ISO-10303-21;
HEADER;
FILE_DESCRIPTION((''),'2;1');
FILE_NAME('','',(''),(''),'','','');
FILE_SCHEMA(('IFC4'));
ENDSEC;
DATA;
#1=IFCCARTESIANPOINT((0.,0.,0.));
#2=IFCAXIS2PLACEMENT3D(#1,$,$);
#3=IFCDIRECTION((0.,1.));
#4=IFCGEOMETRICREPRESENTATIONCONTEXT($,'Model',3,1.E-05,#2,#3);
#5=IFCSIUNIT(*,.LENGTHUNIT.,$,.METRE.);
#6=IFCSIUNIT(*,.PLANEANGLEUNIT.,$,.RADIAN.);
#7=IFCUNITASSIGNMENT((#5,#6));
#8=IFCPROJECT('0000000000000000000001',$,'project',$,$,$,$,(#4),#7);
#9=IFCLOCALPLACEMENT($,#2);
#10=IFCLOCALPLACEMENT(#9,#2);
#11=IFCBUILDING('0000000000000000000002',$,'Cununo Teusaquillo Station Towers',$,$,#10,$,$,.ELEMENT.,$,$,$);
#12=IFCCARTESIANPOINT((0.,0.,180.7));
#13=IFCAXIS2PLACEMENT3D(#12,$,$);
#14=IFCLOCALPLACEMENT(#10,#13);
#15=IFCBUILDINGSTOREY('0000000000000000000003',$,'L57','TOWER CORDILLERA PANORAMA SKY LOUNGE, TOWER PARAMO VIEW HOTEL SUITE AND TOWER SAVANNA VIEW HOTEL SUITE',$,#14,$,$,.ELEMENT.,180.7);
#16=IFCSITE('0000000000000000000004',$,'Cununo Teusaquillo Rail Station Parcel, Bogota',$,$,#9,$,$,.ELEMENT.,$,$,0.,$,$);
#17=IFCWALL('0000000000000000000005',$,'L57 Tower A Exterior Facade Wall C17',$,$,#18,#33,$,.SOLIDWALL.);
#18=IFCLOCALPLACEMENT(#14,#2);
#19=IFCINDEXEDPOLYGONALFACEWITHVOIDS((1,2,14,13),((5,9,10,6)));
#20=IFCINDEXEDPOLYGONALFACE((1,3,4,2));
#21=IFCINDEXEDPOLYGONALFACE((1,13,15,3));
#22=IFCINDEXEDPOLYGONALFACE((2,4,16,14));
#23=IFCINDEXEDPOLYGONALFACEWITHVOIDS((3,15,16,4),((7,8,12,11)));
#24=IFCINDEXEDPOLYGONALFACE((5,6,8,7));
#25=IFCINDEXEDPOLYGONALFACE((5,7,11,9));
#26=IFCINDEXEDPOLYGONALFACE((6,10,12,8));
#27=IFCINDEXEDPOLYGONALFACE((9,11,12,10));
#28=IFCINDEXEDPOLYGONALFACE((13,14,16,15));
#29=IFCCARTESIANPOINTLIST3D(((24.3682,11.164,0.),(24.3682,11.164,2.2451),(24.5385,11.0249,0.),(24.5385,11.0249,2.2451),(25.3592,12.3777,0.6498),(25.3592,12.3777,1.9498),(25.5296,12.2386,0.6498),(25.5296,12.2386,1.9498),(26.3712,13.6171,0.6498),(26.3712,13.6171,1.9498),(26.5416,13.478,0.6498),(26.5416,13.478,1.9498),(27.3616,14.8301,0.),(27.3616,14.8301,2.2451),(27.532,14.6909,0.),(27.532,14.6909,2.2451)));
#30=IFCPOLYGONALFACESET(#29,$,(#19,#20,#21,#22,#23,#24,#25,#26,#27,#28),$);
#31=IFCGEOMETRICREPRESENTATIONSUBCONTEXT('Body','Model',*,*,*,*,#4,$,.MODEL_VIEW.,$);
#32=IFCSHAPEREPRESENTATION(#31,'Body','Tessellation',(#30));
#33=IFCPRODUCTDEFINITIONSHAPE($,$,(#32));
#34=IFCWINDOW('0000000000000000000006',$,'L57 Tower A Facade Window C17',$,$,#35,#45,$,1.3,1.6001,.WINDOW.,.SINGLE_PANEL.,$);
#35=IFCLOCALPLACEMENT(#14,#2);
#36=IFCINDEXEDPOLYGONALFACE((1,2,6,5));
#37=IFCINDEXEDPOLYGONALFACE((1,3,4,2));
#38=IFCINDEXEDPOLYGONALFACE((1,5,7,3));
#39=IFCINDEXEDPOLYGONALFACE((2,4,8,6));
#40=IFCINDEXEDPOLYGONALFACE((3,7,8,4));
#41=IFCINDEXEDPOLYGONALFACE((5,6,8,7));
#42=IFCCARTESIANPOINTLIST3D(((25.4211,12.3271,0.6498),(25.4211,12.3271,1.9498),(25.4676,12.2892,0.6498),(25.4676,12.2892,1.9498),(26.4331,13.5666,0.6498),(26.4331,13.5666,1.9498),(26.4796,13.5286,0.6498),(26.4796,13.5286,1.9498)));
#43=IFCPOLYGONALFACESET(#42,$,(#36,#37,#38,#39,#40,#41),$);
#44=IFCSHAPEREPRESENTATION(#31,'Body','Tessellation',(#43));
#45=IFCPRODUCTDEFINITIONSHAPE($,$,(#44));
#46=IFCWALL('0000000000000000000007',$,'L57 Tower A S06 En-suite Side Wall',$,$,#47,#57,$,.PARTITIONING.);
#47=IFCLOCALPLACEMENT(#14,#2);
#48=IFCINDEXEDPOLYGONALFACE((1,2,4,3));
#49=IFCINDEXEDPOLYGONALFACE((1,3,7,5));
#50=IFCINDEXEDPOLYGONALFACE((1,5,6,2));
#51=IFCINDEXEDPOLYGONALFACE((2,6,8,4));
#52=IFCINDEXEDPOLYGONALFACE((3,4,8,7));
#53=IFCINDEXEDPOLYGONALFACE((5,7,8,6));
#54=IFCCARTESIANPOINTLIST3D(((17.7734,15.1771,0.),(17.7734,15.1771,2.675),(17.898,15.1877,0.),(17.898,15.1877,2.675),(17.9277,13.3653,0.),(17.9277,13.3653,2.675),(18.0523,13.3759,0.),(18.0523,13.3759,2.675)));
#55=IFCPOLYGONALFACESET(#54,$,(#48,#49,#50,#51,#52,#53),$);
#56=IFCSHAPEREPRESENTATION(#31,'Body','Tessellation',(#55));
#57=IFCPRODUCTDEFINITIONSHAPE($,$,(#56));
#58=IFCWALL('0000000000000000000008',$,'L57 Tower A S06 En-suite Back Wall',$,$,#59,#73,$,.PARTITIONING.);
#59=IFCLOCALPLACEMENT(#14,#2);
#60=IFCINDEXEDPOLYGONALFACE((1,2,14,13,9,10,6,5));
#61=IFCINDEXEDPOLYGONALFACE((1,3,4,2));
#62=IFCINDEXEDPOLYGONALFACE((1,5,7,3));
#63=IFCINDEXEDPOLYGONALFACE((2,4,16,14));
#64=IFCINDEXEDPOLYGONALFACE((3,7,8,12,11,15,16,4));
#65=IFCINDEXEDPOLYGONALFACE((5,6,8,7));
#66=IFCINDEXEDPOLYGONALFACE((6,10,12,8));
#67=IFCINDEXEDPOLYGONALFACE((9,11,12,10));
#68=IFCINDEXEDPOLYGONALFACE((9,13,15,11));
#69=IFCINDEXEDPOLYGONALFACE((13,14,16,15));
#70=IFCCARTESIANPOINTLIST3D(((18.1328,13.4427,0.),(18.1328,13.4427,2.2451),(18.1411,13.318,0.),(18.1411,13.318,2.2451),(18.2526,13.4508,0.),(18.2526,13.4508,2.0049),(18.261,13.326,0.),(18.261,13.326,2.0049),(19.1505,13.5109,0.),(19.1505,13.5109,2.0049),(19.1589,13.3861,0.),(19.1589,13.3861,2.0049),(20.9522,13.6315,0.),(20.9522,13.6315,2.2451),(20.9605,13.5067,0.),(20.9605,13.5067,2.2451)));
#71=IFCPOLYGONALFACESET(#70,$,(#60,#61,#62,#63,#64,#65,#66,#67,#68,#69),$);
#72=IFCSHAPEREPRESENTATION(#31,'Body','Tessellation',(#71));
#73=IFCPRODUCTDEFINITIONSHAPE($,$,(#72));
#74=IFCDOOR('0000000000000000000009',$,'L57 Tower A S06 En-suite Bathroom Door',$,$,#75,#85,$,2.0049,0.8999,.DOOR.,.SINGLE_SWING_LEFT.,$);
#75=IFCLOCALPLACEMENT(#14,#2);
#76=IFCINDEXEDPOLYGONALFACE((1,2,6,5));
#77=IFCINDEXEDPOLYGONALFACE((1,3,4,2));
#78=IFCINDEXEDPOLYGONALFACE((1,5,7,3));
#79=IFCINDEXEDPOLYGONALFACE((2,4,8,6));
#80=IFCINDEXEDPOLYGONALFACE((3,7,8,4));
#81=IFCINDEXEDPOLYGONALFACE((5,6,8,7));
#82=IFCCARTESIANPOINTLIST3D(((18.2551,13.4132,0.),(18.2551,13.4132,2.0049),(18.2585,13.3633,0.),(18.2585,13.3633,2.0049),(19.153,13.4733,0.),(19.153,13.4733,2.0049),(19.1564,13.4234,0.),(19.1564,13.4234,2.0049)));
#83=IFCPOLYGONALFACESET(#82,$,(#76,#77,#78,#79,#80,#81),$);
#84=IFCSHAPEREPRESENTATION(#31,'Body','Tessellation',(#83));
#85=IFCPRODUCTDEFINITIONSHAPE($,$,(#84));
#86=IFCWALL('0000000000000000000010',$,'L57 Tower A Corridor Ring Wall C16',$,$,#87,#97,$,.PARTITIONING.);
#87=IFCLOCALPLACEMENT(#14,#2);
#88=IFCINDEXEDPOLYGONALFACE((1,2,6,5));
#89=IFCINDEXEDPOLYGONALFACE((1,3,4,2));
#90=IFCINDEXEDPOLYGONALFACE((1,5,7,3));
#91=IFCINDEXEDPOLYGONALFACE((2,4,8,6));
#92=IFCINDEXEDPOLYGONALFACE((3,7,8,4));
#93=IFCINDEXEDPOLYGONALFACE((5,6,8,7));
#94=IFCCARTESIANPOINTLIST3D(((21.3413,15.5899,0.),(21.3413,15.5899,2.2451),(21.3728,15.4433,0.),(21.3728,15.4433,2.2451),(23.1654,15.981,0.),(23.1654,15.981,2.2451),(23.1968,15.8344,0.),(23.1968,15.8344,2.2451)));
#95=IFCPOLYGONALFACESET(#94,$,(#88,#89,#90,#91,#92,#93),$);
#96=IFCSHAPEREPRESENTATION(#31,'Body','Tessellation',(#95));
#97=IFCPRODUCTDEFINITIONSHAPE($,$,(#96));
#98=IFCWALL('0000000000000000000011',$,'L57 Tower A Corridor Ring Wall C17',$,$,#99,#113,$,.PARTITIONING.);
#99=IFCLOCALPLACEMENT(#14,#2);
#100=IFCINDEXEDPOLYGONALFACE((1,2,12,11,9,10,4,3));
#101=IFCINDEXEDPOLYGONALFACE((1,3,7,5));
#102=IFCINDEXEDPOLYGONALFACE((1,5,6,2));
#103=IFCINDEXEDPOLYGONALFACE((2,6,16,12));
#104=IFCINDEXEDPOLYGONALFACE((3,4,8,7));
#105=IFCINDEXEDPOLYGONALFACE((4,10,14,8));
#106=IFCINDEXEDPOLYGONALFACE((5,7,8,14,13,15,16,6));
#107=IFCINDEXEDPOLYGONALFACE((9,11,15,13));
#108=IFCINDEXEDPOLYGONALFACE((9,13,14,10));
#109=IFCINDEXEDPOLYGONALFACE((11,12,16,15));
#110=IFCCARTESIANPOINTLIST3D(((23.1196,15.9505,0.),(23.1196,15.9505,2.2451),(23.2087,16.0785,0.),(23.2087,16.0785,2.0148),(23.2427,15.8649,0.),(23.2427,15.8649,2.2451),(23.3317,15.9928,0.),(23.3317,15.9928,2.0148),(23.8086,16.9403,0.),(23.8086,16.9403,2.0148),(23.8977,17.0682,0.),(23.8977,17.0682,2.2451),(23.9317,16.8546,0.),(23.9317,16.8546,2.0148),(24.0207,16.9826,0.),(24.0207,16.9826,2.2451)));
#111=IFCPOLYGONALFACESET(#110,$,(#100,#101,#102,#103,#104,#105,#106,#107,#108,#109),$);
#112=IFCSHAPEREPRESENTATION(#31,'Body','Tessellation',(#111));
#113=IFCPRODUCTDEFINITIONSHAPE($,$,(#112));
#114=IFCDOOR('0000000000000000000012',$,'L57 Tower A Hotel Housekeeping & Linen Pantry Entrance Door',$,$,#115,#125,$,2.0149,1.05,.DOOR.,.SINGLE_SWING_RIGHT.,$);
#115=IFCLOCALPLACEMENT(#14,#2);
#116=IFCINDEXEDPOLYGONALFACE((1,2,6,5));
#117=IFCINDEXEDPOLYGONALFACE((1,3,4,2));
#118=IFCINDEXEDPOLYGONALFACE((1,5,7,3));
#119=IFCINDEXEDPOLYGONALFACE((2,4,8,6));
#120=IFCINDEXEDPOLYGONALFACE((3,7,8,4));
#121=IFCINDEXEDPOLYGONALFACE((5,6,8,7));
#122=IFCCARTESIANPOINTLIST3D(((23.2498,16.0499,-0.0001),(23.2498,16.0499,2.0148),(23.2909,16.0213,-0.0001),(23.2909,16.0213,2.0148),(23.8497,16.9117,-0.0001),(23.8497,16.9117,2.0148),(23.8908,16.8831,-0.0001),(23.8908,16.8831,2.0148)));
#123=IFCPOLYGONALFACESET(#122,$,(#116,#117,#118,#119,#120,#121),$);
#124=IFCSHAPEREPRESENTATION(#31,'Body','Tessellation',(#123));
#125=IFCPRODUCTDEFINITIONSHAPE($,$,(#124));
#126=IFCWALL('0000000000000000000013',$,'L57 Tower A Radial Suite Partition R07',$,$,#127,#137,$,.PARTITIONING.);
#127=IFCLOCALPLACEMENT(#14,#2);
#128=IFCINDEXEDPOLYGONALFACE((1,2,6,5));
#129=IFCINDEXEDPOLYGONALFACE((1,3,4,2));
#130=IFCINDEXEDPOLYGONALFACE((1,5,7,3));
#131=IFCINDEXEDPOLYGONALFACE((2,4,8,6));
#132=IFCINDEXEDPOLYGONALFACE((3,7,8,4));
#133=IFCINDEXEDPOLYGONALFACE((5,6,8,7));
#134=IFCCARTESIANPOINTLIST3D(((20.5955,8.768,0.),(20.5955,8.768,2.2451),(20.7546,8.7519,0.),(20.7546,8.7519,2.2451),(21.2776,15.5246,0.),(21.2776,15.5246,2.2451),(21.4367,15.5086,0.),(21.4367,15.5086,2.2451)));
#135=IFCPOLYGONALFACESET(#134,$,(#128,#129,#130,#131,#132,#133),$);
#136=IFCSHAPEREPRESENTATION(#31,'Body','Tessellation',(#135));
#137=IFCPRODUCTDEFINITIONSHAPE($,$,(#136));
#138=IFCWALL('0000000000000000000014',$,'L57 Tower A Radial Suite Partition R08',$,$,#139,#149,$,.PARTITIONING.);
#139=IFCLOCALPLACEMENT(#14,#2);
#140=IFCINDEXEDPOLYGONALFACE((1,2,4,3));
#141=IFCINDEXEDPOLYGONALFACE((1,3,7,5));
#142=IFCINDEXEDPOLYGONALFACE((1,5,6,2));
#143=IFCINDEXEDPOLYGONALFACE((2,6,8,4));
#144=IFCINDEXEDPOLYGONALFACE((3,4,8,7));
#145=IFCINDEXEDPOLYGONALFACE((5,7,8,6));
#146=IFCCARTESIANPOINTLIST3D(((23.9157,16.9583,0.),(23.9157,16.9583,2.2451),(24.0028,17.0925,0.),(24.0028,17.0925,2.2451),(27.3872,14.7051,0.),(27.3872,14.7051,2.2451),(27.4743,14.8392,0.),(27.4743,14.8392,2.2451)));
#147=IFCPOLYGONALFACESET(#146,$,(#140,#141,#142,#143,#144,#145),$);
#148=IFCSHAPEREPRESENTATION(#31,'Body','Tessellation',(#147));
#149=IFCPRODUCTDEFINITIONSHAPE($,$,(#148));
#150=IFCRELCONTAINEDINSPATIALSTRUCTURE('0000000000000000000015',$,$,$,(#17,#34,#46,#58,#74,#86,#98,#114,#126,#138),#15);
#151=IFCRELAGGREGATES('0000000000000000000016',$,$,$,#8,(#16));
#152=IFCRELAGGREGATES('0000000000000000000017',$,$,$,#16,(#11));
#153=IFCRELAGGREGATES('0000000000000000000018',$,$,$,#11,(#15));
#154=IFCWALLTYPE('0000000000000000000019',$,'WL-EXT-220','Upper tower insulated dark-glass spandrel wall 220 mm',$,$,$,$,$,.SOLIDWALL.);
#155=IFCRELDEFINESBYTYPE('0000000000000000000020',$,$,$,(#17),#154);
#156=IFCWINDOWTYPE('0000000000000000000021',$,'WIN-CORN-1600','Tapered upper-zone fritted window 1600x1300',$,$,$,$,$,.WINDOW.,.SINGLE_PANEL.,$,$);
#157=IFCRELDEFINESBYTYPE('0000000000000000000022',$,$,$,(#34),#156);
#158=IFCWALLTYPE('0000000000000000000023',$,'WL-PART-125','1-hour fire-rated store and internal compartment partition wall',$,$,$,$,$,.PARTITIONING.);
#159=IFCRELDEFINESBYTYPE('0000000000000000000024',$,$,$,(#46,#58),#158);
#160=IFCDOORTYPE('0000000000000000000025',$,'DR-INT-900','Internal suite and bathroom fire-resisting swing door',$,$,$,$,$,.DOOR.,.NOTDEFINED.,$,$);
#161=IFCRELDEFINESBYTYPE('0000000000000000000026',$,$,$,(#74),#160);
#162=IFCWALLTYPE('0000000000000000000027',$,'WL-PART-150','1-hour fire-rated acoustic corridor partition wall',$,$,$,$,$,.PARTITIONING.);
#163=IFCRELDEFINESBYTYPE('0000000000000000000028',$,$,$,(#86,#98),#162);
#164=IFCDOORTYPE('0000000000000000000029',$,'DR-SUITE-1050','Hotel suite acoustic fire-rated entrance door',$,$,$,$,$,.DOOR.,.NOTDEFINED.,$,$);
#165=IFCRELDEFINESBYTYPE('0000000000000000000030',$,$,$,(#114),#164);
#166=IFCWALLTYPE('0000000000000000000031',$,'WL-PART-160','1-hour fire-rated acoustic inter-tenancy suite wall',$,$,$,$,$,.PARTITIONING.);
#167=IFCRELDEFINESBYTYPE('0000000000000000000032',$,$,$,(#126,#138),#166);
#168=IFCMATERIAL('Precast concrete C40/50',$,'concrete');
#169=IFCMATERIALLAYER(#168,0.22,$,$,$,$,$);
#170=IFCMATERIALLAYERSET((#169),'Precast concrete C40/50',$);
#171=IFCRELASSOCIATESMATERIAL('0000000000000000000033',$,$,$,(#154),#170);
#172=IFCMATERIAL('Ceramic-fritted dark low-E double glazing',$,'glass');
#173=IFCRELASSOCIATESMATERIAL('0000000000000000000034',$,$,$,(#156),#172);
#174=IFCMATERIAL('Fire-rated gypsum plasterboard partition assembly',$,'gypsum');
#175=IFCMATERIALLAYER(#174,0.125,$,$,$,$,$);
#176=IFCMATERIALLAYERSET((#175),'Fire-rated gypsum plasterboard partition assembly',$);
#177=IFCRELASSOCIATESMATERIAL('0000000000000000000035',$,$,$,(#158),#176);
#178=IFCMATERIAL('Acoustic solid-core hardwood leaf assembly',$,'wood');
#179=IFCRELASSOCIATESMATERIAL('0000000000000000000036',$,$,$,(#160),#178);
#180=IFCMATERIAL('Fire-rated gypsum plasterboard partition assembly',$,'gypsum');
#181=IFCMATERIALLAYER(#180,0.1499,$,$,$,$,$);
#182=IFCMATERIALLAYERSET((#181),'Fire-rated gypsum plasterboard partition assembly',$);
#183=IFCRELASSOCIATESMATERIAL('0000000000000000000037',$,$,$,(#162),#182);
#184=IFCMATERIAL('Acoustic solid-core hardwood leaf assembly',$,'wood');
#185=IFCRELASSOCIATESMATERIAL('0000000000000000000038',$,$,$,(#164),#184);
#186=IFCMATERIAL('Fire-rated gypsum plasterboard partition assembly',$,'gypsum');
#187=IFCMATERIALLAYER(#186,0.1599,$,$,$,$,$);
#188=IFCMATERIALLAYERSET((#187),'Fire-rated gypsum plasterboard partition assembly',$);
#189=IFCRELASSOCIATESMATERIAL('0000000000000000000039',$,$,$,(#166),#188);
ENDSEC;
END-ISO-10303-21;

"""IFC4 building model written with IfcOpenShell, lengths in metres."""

from ifc_helpers import new_model, si_unit, direction, frame, frame_2d, origin, place, context, subcontext, project, spatial, rectangle, extrude, source, transform, mapped, material, layer, layer_set, type_object, element, fill, save


model = new_model("IFC4")

# Units and contexts
model_context = context("Model", 3, precision=1e-05, world=origin(), true_north=direction((0.0, 1.0)))
body_context = subcontext(model_context, "Body", "Model", "MODEL_VIEW")
ifc_project = project(units=[si_unit("LENGTHUNIT", "METRE"), si_unit("PLANEANGLEUNIT", "RADIAN")], contexts=[model_context])

# Site, building, storey
site_placement = place(None, origin())
site = spatial("IfcSite", under=ifc_project, at=site_placement, Name="Cununo Teusaquillo Rail Station Parcel, Bogota", CompositionType="ELEMENT", RefElevation=0.0)
building_placement = place(site_placement, origin())
building = spatial("IfcBuilding", under=site, at=building_placement, Name="Cununo Teusaquillo Station Towers", CompositionType="ELEMENT")
storey_placement = place(building_placement, frame((0.0, 0.0, 180.7)))
storey = spatial("IfcBuildingStorey", under=building, at=storey_placement, Name="L57", Description="TOWER CORDILLERA PANORAMA SKY LOUNGE, TOWER PARAMO VIEW HOTEL SUITE AND TOWER SAVANNA VIEW HOTEL SUITE", CompositionType="ELEMENT", Elevation=180.7)

# Shared definitions
ifc_material_1 = material(Name="Precast concrete C40/50", Category="concrete")
ifc_layer_1 = layer(ifc_material_1, 0.22)
ifc_layer_set_1 = layer_set([ifc_layer_1], Name="Precast concrete C40/50")
wall_type_1 = type_object("IfcWallType", Name="WL-EXT-220", Description="Upper tower insulated dark-glass spandrel wall 220 mm", PredefinedType="SOLIDWALL", material=ifc_layer_set_1)
shared_shape_1 = source(origin(), body_context, "Body", "SweptSolid", [
    extrude(rectangle(XDim=1.6001, YDim=1.3, at=frame_2d((0.8, 0.6499))), frame((0.0, 0.1199, 0.0), z_axis=(0.0, -1.0, 0.0), x_axis=(1.0, 0.0, 0.0)), (0.0, 0.0, 1.0), 0.24),
])
ifc_material_2 = material(Name="Ceramic-fritted dark low-E double glazing", Category="glass")
window_type = type_object("IfcWindowType", Name="WIN-CORN-1600", Description="Tapered upper-zone fritted window 1600x1300", PartitioningType="SINGLE_PANEL", PredefinedType="WINDOW", material=ifc_material_2)
shared_shape_2 = source(origin(), body_context, "Body", "SweptSolid", [
    extrude(rectangle(XDim=1.6001, YDim=1.3, at=frame_2d((0.8, 0.6499))), frame((0.0, 0.03, 0.0), z_axis=(0.0, -1.0, 0.0), x_axis=(1.0, 0.0, 0.0)), (0.0, 0.0, 1.0), 0.0601),
])

# Wall, opening, window
wall_1_placement = place(storey_placement, frame((27.4468, 14.7605, 0.0), z_axis=(0.0, 0.0, 1.0), x_axis=(-0.632471, -0.774584, 0.0)))
wall_1 = element("IfcWall", 1, at=wall_1_placement, inside=storey, type_object=wall_type_1, Name="L57 Tower A Exterior Facade Wall C17", PredefinedType="SOLIDWALL", context=body_context, shape_type="SweptSolid", body=[
    extrude(rectangle(XDim=4.7329, YDim=0.22, at=frame_2d((2.3665, 0.0))), origin(), (0.0, 0.0, 1.0), 2.2451),
])
opening_1_placement = place(wall_1_placement, frame((1.5659, 0.0, 0.6499)))
opening_1 = element("IfcOpeningElement", 2, at=opening_1_placement, cuts=wall_1, PredefinedType="OPENING", context=body_context, shape_type="MappedRepresentation", body=[
    mapped(shared_shape_1, transform((0.0, 0.0, 0.0), x_axis=(1.0, 0.0, 0.0), y_axis=(0.0, 1.0, 0.0), z_axis=(0.0, 0.0, 1.0), scale=1.0)),
])
window_1_placement = place(opening_1_placement, origin())
window_1 = element("IfcWindow", 3, at=window_1_placement, inside=storey, type_object=window_type, Name="L57 Tower A Facade Window C17", OverallHeight=1.3, OverallWidth=1.6001, PartitioningType="SINGLE_PANEL", PredefinedType="WINDOW", context=body_context, shape_type="MappedRepresentation", body=[
    mapped(shared_shape_2, transform((0.0, 0.0, 0.0), x_axis=(1.0, 0.0, 0.0), y_axis=(0.0, 1.0, 0.0), z_axis=(0.0, 0.0, 1.0), scale=1.0)),
])
fill(opening_1, window_1)

# Wall
ifc_material_3 = material(Name="Fire-rated gypsum plasterboard partition assembly", Category="gypsum")
ifc_layer_2 = layer(ifc_material_3, 0.125)
ifc_layer_set_2 = layer_set([ifc_layer_2], Name="Fire-rated gypsum plasterboard partition assembly")
wall_type_2 = type_object("IfcWallType", Name="WL-PART-125", Description="1-hour fire-rated store and internal compartment partition wall", PredefinedType="PARTITIONING", material=ifc_layer_set_2)
wall_2_placement = place(storey_placement, frame((17.8357, 15.1824, 0.0), z_axis=(0.0, 0.0, 1.0), x_axis=(0.084857, -0.996393, 0.0)))
element("IfcWall", 4, at=wall_2_placement, inside=storey, type_object=wall_type_2, Name="L57 Tower A S06 En-suite Side Wall", PredefinedType="PARTITIONING", context=body_context, shape_type="SweptSolid", body=[
    extrude(rectangle(XDim=1.8184, YDim=0.125, at=frame_2d((0.9092, 0.0))), origin(), (0.0, 0.0, 1.0), 2.675),
])

# Wall, opening, door
wall_3_placement = place(storey_placement, frame((18.137, 13.3804, 0.0), z_axis=(0.0, 0.0, 1.0), x_axis=(0.997767, 0.066789, 0.0)))
wall_3 = element("IfcWall", 5, at=wall_3_placement, inside=storey, type_object=wall_type_2, Name="L57 Tower A S06 En-suite Back Wall", PredefinedType="PARTITIONING", context=body_context, shape_type="SweptSolid", body=[
    extrude(rectangle(XDim=2.8257, YDim=0.125, at=frame_2d((1.4128, 0.0))), origin(), (0.0, 0.0, 1.0), 2.2451),
])
shared_shape_3 = source(origin(), body_context, "Body", "SweptSolid", [
    extrude(rectangle(XDim=0.8999, YDim=2.0049, at=frame_2d((0.45, 1.0024))), frame((0.0, 0.0725, 0.0), z_axis=(0.0, -1.0, 0.0), x_axis=(1.0, 0.0, 0.0)), (0.0, 0.0, 1.0), 0.145),
])
opening_2_placement = place(wall_3_placement, frame((0.1201, 0.0, 0.0)))
opening_2 = element("IfcOpeningElement", 6, at=opening_2_placement, cuts=wall_3, PredefinedType="OPENING", context=body_context, shape_type="MappedRepresentation", body=[
    mapped(shared_shape_3, transform((0.0, 0.0, 0.0), x_axis=(1.0, 0.0, 0.0), y_axis=(0.0, 1.0, 0.0), z_axis=(0.0, 0.0, 1.0), scale=1.0)),
])
ifc_material_4 = material(Name="Acoustic solid-core hardwood leaf assembly", Category="wood")
door_type_1 = type_object("IfcDoorType", Name="DR-INT-900", Description="Internal suite and bathroom fire-resisting swing door", OperationType="NOTDEFINED", PredefinedType="DOOR", material=ifc_material_4)
shared_shape_4 = source(origin(), body_context, "Body", "SweptSolid", [
    extrude(rectangle(XDim=0.8999, YDim=2.0049, at=frame_2d((0.45, 1.0024))), frame((0.0, 0.0249, 0.0), z_axis=(0.0, -1.0, 0.0), x_axis=(1.0, 0.0, 0.0)), (0.0, 0.0, 1.0), 0.05),
])
door_1_placement = place(opening_2_placement, origin())
door_1 = element("IfcDoor", 7, at=door_1_placement, inside=storey, type_object=door_type_1, Name="L57 Tower A S06 En-suite Bathroom Door", OperationType="SINGLE_SWING_LEFT", OverallHeight=2.0049, OverallWidth=0.8999, PredefinedType="DOOR", context=body_context, shape_type="MappedRepresentation", body=[
    mapped(shared_shape_4, transform((0.0, 0.0, 0.0), x_axis=(1.0, 0.0, 0.0), y_axis=(0.0, 1.0, 0.0), z_axis=(0.0, 0.0, 1.0), scale=1.0)),
])
fill(opening_2, door_1)

# Wall
ifc_material_5 = material(Name="Fire-rated gypsum plasterboard partition assembly", Category="gypsum")
ifc_layer_3 = layer(ifc_material_5, 0.1499)
ifc_layer_set_3 = layer_set([ifc_layer_3], Name="Fire-rated gypsum plasterboard partition assembly")
wall_type_3 = type_object("IfcWallType", Name="WL-PART-150", Description="1-hour fire-rated acoustic corridor partition wall", PredefinedType="PARTITIONING", material=ifc_layer_set_3)
wall_4_placement = place(storey_placement, frame((21.3572, 15.5166, 0.0), z_axis=(0.0, 0.0, 1.0), x_axis=(0.977774, 0.209663, 0.0)))
element("IfcWall", 8, at=wall_4_placement, inside=storey, type_object=wall_type_3, Name="L57 Tower A Corridor Ring Wall C16", PredefinedType="PARTITIONING", context=body_context, shape_type="SweptSolid", body=[
    extrude(rectangle(XDim=1.8655, YDim=0.1499, at=frame_2d((0.9326, 0.0))), origin(), (0.0, 0.0, 1.0), 2.2451),
])

# Wall, opening, door
wall_5_placement = place(storey_placement, frame((23.1812, 15.9077, 0.0), z_axis=(0.0, 0.0, 1.0), x_axis=(0.571343, 0.820711, 0.0)))
wall_5 = element("IfcWall", 9, at=wall_5_placement, inside=storey, type_object=wall_type_3, Name="L57 Tower A Corridor Ring Wall C17", PredefinedType="PARTITIONING", context=body_context, shape_type="SweptSolid", body=[
    extrude(rectangle(XDim=1.3618, YDim=0.1499, at=frame_2d((0.6809, 0.0))), origin(), (0.0, 0.0, 1.0), 2.2451),
])
shared_shape_5 = source(origin(), body_context, "Body", "SweptSolid", [
    extrude(rectangle(XDim=1.05, YDim=2.0149, at=frame_2d((0.5249, 1.0073))), frame((0.0, 0.085, 0.0), z_axis=(0.0, -1.0, 0.0), x_axis=(1.0, 0.0, 0.0)), (0.0, 0.0, 1.0), 0.1699),
])
opening_3_placement = place(wall_5_placement, frame((0.156, 0.0, 0.0)))
opening_3 = element("IfcOpeningElement", 10, at=opening_3_placement, cuts=wall_5, PredefinedType="OPENING", context=body_context, shape_type="MappedRepresentation", body=[
    mapped(shared_shape_5, transform((0.0, 0.0, 0.0), x_axis=(1.0, 0.0, 0.0), y_axis=(0.0, 1.0, 0.0), z_axis=(0.0, 0.0, 1.0), scale=1.0)),
])
ifc_material_6 = material(Name="Acoustic solid-core hardwood leaf assembly", Category="wood")
door_type_2 = type_object("IfcDoorType", Name="DR-SUITE-1050", Description="Hotel suite acoustic fire-rated entrance door", OperationType="NOTDEFINED", PredefinedType="DOOR", material=ifc_material_6)
shared_shape_6 = source(origin(), body_context, "Body", "SweptSolid", [
    extrude(rectangle(XDim=1.05, YDim=2.0149, at=frame_2d((0.5249, 1.0073))), frame((0.0, 0.0249, 0.0), z_axis=(0.0, -1.0, 0.0), x_axis=(1.0, 0.0, 0.0)), (0.0, 0.0, 1.0), 0.05),
])
door_2_placement = place(opening_3_placement, origin())
door_2 = element("IfcDoor", 11, at=door_2_placement, inside=storey, type_object=door_type_2, Name="L57 Tower A Hotel Housekeeping & Linen Pantry Entrance Door", OperationType="SINGLE_SWING_RIGHT", OverallHeight=2.0149, OverallWidth=1.05, PredefinedType="DOOR", context=body_context, shape_type="MappedRepresentation", body=[
    mapped(shared_shape_6, transform((0.0, 0.0, 0.0), x_axis=(1.0, 0.0, 0.0), y_axis=(0.0, 1.0, 0.0), z_axis=(0.0, 0.0, 1.0), scale=1.0)),
])
fill(opening_3, door_2)

# Walls
ifc_material_7 = material(Name="Fire-rated gypsum plasterboard partition assembly", Category="gypsum")
ifc_layer_4 = layer(ifc_material_7, 0.1599)
ifc_layer_set_4 = layer_set([ifc_layer_4], Name="Fire-rated gypsum plasterboard partition assembly")
wall_type_4 = type_object("IfcWallType", Name="WL-PART-160", Description="1-hour fire-rated acoustic inter-tenancy suite wall", PredefinedType="PARTITIONING", material=ifc_layer_set_4)
wall_6_placement = place(storey_placement, frame((21.3572, 15.5166, 0.0), z_axis=(0.0, 0.0, 1.0), x_axis=(-0.100447, -0.994942, 0.0)))
element("IfcWall", 12, at=wall_6_placement, inside=storey, type_object=wall_type_4, Name="L57 Tower A Radial Suite Partition R07", PredefinedType="PARTITIONING", context=body_context, shape_type="SweptSolid", body=[
    extrude(rectangle(XDim=6.791, YDim=0.1599, at=frame_2d((3.3955, 0.0))), origin(), (0.0, 0.0, 1.0), 2.2451),
])
wall_7_placement = place(storey_placement, frame((23.9592, 17.0254, 0.0), z_axis=(0.0, 0.0, 1.0), x_axis=(0.838803, -0.544435, 0.0)))
element("IfcWall", 13, at=wall_7_placement, inside=storey, type_object=wall_type_4, Name="L57 Tower A Radial Suite Partition R08", PredefinedType="PARTITIONING", context=body_context, shape_type="SweptSolid", body=[
    extrude(rectangle(XDim=4.1387, YDim=0.1599, at=frame_2d((2.0693, 0.0))), origin(), (0.0, 0.0, 1.0), 2.2451),
])

save(model, "model.ifc")
